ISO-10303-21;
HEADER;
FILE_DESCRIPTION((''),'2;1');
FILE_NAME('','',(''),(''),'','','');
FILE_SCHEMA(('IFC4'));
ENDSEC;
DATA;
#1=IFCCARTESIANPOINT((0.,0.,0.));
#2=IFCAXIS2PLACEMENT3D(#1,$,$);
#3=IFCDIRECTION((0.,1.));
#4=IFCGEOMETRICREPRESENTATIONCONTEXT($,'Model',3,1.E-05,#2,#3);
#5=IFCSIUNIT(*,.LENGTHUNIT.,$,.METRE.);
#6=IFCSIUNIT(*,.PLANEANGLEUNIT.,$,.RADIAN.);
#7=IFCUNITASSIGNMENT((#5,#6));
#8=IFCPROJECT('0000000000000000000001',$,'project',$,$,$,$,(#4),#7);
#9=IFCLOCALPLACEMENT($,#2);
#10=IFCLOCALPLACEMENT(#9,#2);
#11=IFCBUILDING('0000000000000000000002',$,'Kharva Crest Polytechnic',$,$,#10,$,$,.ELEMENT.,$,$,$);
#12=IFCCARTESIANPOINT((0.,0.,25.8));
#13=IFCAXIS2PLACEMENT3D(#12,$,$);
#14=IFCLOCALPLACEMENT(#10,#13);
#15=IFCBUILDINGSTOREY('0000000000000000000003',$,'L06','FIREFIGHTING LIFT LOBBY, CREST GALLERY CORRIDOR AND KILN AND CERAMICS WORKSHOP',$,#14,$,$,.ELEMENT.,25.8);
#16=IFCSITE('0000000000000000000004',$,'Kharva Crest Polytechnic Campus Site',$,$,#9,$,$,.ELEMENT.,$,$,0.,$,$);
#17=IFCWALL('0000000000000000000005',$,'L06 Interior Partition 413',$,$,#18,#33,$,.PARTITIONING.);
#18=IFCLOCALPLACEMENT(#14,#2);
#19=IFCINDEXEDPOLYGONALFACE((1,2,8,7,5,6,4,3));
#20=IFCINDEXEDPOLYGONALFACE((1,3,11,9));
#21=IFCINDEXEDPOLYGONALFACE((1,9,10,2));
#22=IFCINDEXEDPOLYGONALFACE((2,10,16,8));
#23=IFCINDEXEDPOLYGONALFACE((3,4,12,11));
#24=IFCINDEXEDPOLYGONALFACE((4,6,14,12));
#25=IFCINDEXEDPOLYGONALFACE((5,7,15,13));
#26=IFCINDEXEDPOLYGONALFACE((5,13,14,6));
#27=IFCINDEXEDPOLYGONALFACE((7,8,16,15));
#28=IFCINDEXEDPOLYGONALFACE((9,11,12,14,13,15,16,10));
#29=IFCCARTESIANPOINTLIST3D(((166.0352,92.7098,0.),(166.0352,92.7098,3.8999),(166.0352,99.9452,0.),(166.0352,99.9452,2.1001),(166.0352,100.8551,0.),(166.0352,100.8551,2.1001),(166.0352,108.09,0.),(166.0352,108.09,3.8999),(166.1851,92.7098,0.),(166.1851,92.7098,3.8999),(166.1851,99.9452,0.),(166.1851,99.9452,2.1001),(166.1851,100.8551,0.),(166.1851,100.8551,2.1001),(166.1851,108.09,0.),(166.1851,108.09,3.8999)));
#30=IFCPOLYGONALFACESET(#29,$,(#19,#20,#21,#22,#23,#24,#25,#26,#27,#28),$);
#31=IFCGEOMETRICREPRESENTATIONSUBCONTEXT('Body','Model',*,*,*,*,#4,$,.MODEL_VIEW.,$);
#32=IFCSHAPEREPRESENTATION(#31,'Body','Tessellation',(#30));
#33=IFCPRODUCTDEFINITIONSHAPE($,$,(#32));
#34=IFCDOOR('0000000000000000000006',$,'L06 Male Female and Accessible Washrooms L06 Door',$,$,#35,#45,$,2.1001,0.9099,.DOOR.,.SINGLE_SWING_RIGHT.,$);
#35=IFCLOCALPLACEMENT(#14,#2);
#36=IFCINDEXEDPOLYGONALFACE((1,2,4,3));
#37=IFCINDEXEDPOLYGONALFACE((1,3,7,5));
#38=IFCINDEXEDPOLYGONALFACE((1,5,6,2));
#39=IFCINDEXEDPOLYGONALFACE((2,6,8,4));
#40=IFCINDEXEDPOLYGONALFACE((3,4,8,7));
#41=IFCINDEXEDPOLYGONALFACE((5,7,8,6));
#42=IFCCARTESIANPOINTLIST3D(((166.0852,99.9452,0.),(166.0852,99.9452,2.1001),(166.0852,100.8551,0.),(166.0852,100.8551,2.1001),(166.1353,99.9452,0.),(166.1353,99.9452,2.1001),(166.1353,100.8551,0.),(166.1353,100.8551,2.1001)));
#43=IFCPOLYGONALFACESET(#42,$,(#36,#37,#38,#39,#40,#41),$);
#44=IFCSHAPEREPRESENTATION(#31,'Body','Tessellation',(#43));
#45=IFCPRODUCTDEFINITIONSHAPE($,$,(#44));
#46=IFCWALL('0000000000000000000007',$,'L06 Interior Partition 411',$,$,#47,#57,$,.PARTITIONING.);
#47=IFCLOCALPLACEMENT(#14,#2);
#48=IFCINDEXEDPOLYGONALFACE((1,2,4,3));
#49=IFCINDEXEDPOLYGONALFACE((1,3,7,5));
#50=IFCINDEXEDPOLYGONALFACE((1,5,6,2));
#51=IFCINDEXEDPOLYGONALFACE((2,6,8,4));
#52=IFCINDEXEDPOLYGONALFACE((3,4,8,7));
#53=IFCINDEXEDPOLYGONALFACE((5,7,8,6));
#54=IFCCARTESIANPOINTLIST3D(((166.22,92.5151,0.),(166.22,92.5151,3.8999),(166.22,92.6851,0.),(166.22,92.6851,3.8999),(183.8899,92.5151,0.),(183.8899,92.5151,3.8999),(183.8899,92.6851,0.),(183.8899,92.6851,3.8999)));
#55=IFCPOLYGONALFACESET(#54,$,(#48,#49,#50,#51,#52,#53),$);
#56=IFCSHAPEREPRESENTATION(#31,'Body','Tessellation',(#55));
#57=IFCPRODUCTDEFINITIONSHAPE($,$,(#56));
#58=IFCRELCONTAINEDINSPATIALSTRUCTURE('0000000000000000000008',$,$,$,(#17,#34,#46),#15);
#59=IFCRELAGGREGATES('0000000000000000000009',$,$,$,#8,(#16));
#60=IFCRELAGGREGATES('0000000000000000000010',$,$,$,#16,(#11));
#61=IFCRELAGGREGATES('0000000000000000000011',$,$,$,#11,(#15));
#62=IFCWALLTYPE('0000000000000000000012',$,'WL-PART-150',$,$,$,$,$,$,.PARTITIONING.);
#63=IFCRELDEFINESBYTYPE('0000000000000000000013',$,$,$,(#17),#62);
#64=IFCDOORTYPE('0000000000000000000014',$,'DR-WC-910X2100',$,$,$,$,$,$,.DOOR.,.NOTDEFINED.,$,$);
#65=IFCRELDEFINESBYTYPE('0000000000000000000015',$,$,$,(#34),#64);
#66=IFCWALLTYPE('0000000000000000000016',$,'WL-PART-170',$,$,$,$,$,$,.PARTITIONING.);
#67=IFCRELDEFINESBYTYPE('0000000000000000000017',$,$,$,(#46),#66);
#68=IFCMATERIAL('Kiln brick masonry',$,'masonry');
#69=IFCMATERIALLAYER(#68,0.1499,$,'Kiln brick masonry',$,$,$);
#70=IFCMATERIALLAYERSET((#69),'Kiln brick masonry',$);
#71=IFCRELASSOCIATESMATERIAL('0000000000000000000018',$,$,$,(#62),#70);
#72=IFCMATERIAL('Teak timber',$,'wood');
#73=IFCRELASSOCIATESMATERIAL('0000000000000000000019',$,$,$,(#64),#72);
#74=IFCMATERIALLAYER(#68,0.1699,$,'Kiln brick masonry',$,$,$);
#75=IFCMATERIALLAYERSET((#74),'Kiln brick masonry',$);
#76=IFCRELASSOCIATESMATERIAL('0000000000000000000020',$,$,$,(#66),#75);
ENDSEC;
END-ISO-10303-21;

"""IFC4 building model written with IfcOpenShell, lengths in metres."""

from ifc_helpers import new_model, si_unit, direction, frame, frame_2d, origin, place, context, subcontext, project, spatial, rectangle, extrude, material, layer, layer_set, type_object, element, fill, save


model = new_model("IFC4")

# Units and contexts
model_context = context("Model", 3, precision=1e-05, world=origin(), true_north=direction((0.0, 1.0)))
body_context = subcontext(model_context, "Body", "Model", "MODEL_VIEW")
ifc_project = project(units=[si_unit("LENGTHUNIT", "METRE"), si_unit("PLANEANGLEUNIT", "RADIAN")], contexts=[model_context])

# Site, building, storey
site_placement = place(None, origin())
site = spatial("IfcSite", under=ifc_project, at=site_placement, Name="Kharva Crest Polytechnic Campus Site", CompositionType="ELEMENT", RefElevation=0.0)
building_placement = place(site_placement, origin())
building = spatial("IfcBuilding", under=site, at=building_placement, Name="Kharva Crest Polytechnic", CompositionType="ELEMENT")
storey_placement = place(building_placement, frame((0.0, 0.0, 25.8)))
storey = spatial("IfcBuildingStorey", under=building, at=storey_placement, Name="L06", Description="FIREFIGHTING LIFT LOBBY, CREST GALLERY CORRIDOR AND KILN AND CERAMICS WORKSHOP", CompositionType="ELEMENT", Elevation=25.8)

# Shared definitions
ifc_material_1 = material(Name="Kiln brick masonry", Category="masonry")

# Shared definitions
ifc_material_2 = material(Name="Teak timber", Category="wood")

# Wall, opening, door
ifc_layer_1 = layer(ifc_material_1, 0.1499, Name="Kiln brick masonry")
ifc_layer_set_1 = layer_set([ifc_layer_1], Name="Kiln brick masonry")
wall_type_1 = type_object("IfcWallType", Name="WL-PART-150", PredefinedType="PARTITIONING", material=ifc_layer_set_1)
wall_1_placement = place(storey_placement, frame((166.1101, 92.71, 0.0), z_axis=(0.0, 0.0, 1.0), x_axis=(0.0, 1.0, 0.0)))
wall_1 = element("IfcWall", 1, at=wall_1_placement, inside=storey, type_object=wall_type_1, Name="L06 Interior Partition 413", PredefinedType="PARTITIONING", context=body_context, shape_type="SweptSolid", body=[
    extrude(rectangle(XDim=15.3801, YDim=0.1499, at=frame_2d((7.6899, 0.0))), origin(), (0.0, 0.0, 1.0), 3.8999),
])
opening_1_placement = place(wall_1_placement, frame((7.2351, 0.0, 0.0)))
opening_1 = element("IfcOpeningElement", 2, at=opening_1_placement, cuts=wall_1, PredefinedType="OPENING", context=body_context, shape_type="SweptSolid", body=[
    extrude(rectangle(XDim=0.9099, YDim=2.1001, at=frame_2d((0.4551, 1.05))), frame((0.0, 0.085, 0.0), z_axis=(0.0, -1.0, 0.0), x_axis=(1.0, 0.0, 0.0)), (0.0, 0.0, 1.0), 0.1699),
])
door_type_1 = type_object("IfcDoorType", Name="DR-WC-910X2100", OperationType="NOTDEFINED", PredefinedType="DOOR", material=ifc_material_2)
door_1_placement = place(opening_1_placement, origin())
door_1 = element("IfcDoor", 3, at=door_1_placement, inside=storey, type_object=door_type_1, Name="L06 Male Female and Accessible Washrooms L06 Door", OperationType="SINGLE_SWING_RIGHT", OverallHeight=2.1001, OverallWidth=0.9099, PredefinedType="DOOR", context=body_context, shape_type="SweptSolid", body=[
    extrude(rectangle(XDim=0.9099, YDim=2.1001, at=frame_2d((0.4551, 1.05))), frame((0.0, 0.0249, 0.0), z_axis=(0.0, -1.0, 0.0), x_axis=(1.0, 0.0, 0.0)), (0.0, 0.0, 1.0), 0.05),
])
fill(opening_1, door_1)

# Wall
ifc_layer_2 = layer(ifc_material_1, 0.1699, Name="Kiln brick masonry")
ifc_layer_set_2 = layer_set([ifc_layer_2], Name="Kiln brick masonry")
wall_type_2 = type_object("IfcWallType", Name="WL-PART-170", PredefinedType="PARTITIONING", material=ifc_layer_set_2)
wall_2_placement = place(storey_placement, frame((166.22, 92.6001, 0.0), z_axis=(0.0, 0.0, 1.0), x_axis=(1.0, 0.0, 0.0)))
element("IfcWall", 4, at=wall_2_placement, inside=storey, type_object=wall_type_2, Name="L06 Interior Partition 411", PredefinedType="PARTITIONING", context=body_context, shape_type="SweptSolid", body=[
    extrude(rectangle(XDim=17.6699, YDim=0.1699, at=frame_2d((8.835, 0.0))), origin(), (0.0, 0.0, 1.0), 3.8999),
])

save(model, "model.ifc")
